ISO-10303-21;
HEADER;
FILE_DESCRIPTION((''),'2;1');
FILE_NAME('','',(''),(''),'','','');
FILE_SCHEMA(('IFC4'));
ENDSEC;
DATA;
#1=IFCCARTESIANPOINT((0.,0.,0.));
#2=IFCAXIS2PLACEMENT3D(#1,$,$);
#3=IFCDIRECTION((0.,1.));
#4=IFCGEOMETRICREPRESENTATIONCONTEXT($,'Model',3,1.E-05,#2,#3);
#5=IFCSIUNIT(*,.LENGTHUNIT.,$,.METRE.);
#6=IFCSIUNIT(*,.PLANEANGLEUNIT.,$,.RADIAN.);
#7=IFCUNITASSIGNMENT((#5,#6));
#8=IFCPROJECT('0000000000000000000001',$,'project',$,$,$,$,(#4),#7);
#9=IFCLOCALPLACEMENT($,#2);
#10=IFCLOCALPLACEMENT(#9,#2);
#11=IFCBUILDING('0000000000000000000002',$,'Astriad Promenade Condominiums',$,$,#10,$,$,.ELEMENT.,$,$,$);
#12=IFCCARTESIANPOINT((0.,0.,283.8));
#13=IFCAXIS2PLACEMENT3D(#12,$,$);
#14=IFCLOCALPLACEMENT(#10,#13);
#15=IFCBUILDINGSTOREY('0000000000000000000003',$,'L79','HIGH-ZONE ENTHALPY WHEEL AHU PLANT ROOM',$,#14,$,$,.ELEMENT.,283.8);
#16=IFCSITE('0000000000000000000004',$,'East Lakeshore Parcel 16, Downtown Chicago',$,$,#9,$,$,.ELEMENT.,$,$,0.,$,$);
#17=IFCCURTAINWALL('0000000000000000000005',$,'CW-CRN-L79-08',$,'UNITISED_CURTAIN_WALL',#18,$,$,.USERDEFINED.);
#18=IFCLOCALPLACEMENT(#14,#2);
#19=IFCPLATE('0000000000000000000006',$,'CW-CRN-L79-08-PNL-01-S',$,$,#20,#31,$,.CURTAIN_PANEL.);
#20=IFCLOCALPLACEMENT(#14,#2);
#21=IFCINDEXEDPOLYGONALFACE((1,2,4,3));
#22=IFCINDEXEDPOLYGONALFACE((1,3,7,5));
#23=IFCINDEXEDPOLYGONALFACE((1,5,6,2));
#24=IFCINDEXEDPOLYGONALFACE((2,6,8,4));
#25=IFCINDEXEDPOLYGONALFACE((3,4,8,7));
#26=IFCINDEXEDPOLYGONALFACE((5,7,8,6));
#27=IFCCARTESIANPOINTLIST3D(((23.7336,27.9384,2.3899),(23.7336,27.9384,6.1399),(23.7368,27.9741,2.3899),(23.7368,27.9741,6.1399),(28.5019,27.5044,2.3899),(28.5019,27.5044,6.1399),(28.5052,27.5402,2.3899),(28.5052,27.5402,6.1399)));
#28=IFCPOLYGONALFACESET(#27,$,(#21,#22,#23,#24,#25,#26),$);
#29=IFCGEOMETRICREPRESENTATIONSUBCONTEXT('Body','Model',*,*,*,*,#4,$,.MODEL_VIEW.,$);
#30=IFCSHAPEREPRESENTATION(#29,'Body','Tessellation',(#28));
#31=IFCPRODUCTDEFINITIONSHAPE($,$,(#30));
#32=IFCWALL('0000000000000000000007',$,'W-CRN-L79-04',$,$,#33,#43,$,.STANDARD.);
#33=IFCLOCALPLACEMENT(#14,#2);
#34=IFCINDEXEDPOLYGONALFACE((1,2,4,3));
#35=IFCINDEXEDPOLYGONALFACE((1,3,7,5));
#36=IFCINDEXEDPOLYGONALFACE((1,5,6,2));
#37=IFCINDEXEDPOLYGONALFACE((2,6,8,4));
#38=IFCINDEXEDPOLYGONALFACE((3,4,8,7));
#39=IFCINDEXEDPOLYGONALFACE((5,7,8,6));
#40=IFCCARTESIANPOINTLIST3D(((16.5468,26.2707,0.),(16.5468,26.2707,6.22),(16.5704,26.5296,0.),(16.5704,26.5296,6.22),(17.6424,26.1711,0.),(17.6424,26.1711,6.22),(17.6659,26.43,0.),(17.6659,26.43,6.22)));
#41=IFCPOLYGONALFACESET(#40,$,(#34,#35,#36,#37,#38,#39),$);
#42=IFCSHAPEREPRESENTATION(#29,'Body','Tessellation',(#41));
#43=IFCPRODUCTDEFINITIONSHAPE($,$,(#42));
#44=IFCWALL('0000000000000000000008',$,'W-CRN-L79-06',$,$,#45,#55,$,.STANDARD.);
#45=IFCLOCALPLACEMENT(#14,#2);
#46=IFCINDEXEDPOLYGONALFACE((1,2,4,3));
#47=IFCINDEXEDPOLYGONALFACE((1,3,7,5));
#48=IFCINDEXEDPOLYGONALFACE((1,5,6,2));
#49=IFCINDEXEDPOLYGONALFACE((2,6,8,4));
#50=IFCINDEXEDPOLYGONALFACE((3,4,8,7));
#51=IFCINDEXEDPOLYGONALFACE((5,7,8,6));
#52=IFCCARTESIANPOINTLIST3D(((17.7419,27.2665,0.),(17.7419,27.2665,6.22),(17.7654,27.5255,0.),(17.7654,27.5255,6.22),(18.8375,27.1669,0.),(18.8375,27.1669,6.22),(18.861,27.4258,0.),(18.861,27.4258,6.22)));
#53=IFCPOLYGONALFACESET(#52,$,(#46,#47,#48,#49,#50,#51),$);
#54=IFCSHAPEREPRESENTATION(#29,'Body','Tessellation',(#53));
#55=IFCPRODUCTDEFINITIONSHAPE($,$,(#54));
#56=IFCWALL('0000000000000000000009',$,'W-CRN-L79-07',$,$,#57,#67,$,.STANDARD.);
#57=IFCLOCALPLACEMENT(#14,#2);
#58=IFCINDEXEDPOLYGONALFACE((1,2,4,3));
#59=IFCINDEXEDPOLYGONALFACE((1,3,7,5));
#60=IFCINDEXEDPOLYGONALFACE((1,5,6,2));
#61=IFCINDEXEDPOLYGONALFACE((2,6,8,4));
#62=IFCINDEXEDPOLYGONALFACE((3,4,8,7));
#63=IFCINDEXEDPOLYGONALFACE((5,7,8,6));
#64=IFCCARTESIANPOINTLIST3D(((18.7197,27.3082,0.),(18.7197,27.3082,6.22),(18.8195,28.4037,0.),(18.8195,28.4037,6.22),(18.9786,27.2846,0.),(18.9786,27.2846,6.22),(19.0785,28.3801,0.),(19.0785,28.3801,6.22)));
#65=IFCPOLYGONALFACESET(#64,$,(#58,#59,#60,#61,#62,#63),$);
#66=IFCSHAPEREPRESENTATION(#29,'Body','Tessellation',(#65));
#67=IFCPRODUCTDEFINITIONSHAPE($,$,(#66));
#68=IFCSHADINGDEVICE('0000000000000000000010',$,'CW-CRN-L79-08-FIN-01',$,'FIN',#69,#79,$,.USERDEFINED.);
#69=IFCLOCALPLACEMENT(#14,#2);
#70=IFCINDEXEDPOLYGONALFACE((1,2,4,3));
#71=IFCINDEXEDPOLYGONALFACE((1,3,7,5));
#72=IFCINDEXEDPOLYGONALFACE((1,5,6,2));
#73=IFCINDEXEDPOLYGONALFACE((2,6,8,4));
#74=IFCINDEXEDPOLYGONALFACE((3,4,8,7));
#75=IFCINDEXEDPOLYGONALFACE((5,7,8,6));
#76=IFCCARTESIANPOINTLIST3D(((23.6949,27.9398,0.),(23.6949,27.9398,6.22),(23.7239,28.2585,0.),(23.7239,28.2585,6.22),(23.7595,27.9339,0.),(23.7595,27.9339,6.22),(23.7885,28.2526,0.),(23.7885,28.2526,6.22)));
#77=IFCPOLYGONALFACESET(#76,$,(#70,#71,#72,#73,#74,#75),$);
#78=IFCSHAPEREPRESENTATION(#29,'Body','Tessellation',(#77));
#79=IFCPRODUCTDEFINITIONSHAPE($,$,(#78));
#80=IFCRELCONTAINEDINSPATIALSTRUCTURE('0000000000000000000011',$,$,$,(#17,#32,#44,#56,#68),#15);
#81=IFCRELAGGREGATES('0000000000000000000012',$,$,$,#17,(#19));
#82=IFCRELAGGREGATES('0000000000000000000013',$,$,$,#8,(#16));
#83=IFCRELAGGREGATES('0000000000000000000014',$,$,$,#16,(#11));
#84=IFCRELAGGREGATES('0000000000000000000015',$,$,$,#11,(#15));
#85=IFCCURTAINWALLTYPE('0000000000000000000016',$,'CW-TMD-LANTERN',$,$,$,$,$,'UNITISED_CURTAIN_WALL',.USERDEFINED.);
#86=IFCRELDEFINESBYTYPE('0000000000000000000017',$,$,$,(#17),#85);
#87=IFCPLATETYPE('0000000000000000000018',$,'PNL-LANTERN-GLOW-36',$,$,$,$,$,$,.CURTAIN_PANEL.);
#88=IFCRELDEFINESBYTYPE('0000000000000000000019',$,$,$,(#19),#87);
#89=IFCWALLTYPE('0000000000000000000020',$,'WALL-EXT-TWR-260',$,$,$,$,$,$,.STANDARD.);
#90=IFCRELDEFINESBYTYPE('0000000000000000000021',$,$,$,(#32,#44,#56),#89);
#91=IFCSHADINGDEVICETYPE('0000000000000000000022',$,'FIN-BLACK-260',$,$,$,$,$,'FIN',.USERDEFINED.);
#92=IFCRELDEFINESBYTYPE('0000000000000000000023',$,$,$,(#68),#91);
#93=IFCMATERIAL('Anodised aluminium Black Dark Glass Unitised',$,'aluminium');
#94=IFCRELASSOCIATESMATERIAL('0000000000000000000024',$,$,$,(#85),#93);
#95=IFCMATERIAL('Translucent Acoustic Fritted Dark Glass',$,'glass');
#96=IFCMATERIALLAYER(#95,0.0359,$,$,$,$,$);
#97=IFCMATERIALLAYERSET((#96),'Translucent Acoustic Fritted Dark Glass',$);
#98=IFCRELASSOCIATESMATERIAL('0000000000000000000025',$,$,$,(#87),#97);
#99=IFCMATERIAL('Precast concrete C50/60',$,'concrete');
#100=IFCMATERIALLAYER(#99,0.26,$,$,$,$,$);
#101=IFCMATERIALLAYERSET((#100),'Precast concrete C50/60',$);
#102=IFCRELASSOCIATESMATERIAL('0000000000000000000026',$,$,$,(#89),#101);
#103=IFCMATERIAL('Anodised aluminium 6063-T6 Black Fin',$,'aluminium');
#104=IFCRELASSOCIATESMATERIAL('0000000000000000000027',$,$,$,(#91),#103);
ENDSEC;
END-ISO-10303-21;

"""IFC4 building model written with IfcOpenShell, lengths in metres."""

from ifc_helpers import new_model, si_unit, direction, frame, frame_2d, origin, origin_2d, place, context, subcontext, project, spatial, rectangle, extrude, source, transform, mapped, material, layer, layer_set, type_object, type_shapes, element, aggregate, save


model = new_model("IFC4")

# Units and contexts
model_context = context("Model", 3, precision=1e-05, world=origin(), true_north=direction((0.0, 1.0)))
body_context = subcontext(model_context, "Body", "Model", "MODEL_VIEW")
ifc_project = project(units=[si_unit("LENGTHUNIT", "METRE"), si_unit("PLANEANGLEUNIT", "RADIAN")], contexts=[model_context])

# Site, building, storey
site_placement = place(None, origin())
site = spatial("IfcSite", under=ifc_project, at=site_placement, Name="East Lakeshore Parcel 16, Downtown Chicago", CompositionType="ELEMENT", RefElevation=0.0)
building_placement = place(site_placement, origin())
building = spatial("IfcBuilding", under=site, at=building_placement, Name="Astriad Promenade Condominiums", CompositionType="ELEMENT")
storey_placement = place(building_placement, frame((0.0, 0.0, 283.8)))
storey = spatial("IfcBuildingStorey", under=building, at=storey_placement, Name="L79", Description="HIGH-ZONE ENTHALPY WHEEL AHU PLANT ROOM", CompositionType="ELEMENT", Elevation=283.8)

# Shared definitions
ifc_material_1 = material(Name="Anodised aluminium Black Dark Glass Unitised", Category="aluminium")
curtain_wall_type = type_object("IfcCurtainWallType", Name="CW-TMD-LANTERN", ElementType="UNITISED_CURTAIN_WALL", PredefinedType="USERDEFINED", material=ifc_material_1)

# Curtain wall
curtain_wall_1_placement = place(storey_placement, origin())
curtain_wall_1 = element("IfcCurtainWall", 1, at=curtain_wall_1_placement, inside=storey, type_object=curtain_wall_type, Name="CW-CRN-L79-08", ObjectType="UNITISED_CURTAIN_WALL", PredefinedType="USERDEFINED")

# Plate
ifc_material_2 = material(Name="Translucent Acoustic Fritted Dark Glass", Category="glass")
ifc_layer_1 = layer(ifc_material_2, 0.0359)
ifc_layer_set_1 = layer_set([ifc_layer_1], Name="Translucent Acoustic Fritted Dark Glass")
plate_type_1 = type_object("IfcPlateType", Name="PNL-LANTERN-GLOW-36", PredefinedType="CURTAIN_PANEL", material=ifc_layer_set_1)
shared_shape_1 = source(origin(), body_context, "Body", "SweptSolid", [
    extrude(rectangle(XDim=4.7881, YDim=0.0359, at=origin_2d()), origin(), (0.0, 0.0, 1.0), 3.75),
])
plate_1_placement = place(storey_placement, frame((26.1194, 27.7393, 2.3899), z_axis=(0.0, 0.0, 1.0), x_axis=(0.995884, -0.090633, 0.0)))
plate_1 = element("IfcPlate", 2, at=plate_1_placement, type_object=plate_type_1, Name="CW-CRN-L79-08-PNL-01-S", PredefinedType="CURTAIN_PANEL", context=body_context, shape_type="MappedRepresentation", body=[
    mapped(shared_shape_1, transform((0.0, 0.0, 0.0), scale=1.0)),
])
aggregate(curtain_wall_1, [plate_1])

# Walls
ifc_material_3 = material(Name="Precast concrete C50/60", Category="concrete")
ifc_layer_2 = layer(ifc_material_3, 0.26)
ifc_layer_set_2 = layer_set([ifc_layer_2], Name="Precast concrete C50/60")
wall_type = type_object("IfcWallType", Name="WALL-EXT-TWR-260", PredefinedType="STANDARD", material=ifc_layer_set_2)
for number, where, z_axis, x_axis, name in (
    (3, (16.5586, 26.4001, 0.0), (0.0, 0.0, 1.0), (0.995891, -0.090556, 0.0), "W-CRN-L79-04"),
    (4, (17.7537, 27.396, 0.0), (0.0, 0.0, 1.0), (0.995891, -0.090556, 0.0), "W-CRN-L79-06"),
    (5, (18.8491, 27.2964, 0.0), (0.0, 0.0, 1.0), (0.090776, 0.995871, 0.0), "W-CRN-L79-07"),
):
    element("IfcWall", number, at=place(storey_placement, frame(where, z_axis=z_axis, x_axis=x_axis)), inside=storey, type_object=wall_type, Name=name, PredefinedType="STANDARD", context=body_context, shape_type="SweptSolid", body=[
        extrude(rectangle(XDim=1.1001, YDim=0.26, at=frame_2d((0.55, 0.0))), origin(), (0.0, 0.0, 1.0), 6.22),
    ])

# Shading device
ifc_material_4 = material(Name="Anodised aluminium 6063-T6 Black Fin", Category="aluminium")
shading_device_type = type_object("IfcShadingDeviceType", Name="FIN-BLACK-260", ElementType="FIN", PredefinedType="USERDEFINED", material=ifc_material_4)
shared_shape_2 = source(origin(), body_context, "Body", "SweptSolid", [
    extrude(rectangle(XDim=0.0649, YDim=0.3201, at=origin_2d()), origin(), (0.0, 0.0, 1.0), 6.22),
])
type_shapes(shading_device_type, [shared_shape_2])
shading_device_placement = place(storey_placement, frame((23.7417, 28.0962, 0.0), z_axis=(0.0, 0.0, 1.0), x_axis=(0.995884, -0.090633, 0.0)))
element("IfcShadingDevice", 6, at=shading_device_placement, inside=storey, type_object=shading_device_type, Name="CW-CRN-L79-08-FIN-01", ObjectType="FIN", PredefinedType="USERDEFINED", context=body_context, shape_type="MappedRepresentation", body=[
    mapped(shared_shape_2, transform((0.0, 0.0, 0.0), scale=1.0)),
])

save(model, "model.ifc")
